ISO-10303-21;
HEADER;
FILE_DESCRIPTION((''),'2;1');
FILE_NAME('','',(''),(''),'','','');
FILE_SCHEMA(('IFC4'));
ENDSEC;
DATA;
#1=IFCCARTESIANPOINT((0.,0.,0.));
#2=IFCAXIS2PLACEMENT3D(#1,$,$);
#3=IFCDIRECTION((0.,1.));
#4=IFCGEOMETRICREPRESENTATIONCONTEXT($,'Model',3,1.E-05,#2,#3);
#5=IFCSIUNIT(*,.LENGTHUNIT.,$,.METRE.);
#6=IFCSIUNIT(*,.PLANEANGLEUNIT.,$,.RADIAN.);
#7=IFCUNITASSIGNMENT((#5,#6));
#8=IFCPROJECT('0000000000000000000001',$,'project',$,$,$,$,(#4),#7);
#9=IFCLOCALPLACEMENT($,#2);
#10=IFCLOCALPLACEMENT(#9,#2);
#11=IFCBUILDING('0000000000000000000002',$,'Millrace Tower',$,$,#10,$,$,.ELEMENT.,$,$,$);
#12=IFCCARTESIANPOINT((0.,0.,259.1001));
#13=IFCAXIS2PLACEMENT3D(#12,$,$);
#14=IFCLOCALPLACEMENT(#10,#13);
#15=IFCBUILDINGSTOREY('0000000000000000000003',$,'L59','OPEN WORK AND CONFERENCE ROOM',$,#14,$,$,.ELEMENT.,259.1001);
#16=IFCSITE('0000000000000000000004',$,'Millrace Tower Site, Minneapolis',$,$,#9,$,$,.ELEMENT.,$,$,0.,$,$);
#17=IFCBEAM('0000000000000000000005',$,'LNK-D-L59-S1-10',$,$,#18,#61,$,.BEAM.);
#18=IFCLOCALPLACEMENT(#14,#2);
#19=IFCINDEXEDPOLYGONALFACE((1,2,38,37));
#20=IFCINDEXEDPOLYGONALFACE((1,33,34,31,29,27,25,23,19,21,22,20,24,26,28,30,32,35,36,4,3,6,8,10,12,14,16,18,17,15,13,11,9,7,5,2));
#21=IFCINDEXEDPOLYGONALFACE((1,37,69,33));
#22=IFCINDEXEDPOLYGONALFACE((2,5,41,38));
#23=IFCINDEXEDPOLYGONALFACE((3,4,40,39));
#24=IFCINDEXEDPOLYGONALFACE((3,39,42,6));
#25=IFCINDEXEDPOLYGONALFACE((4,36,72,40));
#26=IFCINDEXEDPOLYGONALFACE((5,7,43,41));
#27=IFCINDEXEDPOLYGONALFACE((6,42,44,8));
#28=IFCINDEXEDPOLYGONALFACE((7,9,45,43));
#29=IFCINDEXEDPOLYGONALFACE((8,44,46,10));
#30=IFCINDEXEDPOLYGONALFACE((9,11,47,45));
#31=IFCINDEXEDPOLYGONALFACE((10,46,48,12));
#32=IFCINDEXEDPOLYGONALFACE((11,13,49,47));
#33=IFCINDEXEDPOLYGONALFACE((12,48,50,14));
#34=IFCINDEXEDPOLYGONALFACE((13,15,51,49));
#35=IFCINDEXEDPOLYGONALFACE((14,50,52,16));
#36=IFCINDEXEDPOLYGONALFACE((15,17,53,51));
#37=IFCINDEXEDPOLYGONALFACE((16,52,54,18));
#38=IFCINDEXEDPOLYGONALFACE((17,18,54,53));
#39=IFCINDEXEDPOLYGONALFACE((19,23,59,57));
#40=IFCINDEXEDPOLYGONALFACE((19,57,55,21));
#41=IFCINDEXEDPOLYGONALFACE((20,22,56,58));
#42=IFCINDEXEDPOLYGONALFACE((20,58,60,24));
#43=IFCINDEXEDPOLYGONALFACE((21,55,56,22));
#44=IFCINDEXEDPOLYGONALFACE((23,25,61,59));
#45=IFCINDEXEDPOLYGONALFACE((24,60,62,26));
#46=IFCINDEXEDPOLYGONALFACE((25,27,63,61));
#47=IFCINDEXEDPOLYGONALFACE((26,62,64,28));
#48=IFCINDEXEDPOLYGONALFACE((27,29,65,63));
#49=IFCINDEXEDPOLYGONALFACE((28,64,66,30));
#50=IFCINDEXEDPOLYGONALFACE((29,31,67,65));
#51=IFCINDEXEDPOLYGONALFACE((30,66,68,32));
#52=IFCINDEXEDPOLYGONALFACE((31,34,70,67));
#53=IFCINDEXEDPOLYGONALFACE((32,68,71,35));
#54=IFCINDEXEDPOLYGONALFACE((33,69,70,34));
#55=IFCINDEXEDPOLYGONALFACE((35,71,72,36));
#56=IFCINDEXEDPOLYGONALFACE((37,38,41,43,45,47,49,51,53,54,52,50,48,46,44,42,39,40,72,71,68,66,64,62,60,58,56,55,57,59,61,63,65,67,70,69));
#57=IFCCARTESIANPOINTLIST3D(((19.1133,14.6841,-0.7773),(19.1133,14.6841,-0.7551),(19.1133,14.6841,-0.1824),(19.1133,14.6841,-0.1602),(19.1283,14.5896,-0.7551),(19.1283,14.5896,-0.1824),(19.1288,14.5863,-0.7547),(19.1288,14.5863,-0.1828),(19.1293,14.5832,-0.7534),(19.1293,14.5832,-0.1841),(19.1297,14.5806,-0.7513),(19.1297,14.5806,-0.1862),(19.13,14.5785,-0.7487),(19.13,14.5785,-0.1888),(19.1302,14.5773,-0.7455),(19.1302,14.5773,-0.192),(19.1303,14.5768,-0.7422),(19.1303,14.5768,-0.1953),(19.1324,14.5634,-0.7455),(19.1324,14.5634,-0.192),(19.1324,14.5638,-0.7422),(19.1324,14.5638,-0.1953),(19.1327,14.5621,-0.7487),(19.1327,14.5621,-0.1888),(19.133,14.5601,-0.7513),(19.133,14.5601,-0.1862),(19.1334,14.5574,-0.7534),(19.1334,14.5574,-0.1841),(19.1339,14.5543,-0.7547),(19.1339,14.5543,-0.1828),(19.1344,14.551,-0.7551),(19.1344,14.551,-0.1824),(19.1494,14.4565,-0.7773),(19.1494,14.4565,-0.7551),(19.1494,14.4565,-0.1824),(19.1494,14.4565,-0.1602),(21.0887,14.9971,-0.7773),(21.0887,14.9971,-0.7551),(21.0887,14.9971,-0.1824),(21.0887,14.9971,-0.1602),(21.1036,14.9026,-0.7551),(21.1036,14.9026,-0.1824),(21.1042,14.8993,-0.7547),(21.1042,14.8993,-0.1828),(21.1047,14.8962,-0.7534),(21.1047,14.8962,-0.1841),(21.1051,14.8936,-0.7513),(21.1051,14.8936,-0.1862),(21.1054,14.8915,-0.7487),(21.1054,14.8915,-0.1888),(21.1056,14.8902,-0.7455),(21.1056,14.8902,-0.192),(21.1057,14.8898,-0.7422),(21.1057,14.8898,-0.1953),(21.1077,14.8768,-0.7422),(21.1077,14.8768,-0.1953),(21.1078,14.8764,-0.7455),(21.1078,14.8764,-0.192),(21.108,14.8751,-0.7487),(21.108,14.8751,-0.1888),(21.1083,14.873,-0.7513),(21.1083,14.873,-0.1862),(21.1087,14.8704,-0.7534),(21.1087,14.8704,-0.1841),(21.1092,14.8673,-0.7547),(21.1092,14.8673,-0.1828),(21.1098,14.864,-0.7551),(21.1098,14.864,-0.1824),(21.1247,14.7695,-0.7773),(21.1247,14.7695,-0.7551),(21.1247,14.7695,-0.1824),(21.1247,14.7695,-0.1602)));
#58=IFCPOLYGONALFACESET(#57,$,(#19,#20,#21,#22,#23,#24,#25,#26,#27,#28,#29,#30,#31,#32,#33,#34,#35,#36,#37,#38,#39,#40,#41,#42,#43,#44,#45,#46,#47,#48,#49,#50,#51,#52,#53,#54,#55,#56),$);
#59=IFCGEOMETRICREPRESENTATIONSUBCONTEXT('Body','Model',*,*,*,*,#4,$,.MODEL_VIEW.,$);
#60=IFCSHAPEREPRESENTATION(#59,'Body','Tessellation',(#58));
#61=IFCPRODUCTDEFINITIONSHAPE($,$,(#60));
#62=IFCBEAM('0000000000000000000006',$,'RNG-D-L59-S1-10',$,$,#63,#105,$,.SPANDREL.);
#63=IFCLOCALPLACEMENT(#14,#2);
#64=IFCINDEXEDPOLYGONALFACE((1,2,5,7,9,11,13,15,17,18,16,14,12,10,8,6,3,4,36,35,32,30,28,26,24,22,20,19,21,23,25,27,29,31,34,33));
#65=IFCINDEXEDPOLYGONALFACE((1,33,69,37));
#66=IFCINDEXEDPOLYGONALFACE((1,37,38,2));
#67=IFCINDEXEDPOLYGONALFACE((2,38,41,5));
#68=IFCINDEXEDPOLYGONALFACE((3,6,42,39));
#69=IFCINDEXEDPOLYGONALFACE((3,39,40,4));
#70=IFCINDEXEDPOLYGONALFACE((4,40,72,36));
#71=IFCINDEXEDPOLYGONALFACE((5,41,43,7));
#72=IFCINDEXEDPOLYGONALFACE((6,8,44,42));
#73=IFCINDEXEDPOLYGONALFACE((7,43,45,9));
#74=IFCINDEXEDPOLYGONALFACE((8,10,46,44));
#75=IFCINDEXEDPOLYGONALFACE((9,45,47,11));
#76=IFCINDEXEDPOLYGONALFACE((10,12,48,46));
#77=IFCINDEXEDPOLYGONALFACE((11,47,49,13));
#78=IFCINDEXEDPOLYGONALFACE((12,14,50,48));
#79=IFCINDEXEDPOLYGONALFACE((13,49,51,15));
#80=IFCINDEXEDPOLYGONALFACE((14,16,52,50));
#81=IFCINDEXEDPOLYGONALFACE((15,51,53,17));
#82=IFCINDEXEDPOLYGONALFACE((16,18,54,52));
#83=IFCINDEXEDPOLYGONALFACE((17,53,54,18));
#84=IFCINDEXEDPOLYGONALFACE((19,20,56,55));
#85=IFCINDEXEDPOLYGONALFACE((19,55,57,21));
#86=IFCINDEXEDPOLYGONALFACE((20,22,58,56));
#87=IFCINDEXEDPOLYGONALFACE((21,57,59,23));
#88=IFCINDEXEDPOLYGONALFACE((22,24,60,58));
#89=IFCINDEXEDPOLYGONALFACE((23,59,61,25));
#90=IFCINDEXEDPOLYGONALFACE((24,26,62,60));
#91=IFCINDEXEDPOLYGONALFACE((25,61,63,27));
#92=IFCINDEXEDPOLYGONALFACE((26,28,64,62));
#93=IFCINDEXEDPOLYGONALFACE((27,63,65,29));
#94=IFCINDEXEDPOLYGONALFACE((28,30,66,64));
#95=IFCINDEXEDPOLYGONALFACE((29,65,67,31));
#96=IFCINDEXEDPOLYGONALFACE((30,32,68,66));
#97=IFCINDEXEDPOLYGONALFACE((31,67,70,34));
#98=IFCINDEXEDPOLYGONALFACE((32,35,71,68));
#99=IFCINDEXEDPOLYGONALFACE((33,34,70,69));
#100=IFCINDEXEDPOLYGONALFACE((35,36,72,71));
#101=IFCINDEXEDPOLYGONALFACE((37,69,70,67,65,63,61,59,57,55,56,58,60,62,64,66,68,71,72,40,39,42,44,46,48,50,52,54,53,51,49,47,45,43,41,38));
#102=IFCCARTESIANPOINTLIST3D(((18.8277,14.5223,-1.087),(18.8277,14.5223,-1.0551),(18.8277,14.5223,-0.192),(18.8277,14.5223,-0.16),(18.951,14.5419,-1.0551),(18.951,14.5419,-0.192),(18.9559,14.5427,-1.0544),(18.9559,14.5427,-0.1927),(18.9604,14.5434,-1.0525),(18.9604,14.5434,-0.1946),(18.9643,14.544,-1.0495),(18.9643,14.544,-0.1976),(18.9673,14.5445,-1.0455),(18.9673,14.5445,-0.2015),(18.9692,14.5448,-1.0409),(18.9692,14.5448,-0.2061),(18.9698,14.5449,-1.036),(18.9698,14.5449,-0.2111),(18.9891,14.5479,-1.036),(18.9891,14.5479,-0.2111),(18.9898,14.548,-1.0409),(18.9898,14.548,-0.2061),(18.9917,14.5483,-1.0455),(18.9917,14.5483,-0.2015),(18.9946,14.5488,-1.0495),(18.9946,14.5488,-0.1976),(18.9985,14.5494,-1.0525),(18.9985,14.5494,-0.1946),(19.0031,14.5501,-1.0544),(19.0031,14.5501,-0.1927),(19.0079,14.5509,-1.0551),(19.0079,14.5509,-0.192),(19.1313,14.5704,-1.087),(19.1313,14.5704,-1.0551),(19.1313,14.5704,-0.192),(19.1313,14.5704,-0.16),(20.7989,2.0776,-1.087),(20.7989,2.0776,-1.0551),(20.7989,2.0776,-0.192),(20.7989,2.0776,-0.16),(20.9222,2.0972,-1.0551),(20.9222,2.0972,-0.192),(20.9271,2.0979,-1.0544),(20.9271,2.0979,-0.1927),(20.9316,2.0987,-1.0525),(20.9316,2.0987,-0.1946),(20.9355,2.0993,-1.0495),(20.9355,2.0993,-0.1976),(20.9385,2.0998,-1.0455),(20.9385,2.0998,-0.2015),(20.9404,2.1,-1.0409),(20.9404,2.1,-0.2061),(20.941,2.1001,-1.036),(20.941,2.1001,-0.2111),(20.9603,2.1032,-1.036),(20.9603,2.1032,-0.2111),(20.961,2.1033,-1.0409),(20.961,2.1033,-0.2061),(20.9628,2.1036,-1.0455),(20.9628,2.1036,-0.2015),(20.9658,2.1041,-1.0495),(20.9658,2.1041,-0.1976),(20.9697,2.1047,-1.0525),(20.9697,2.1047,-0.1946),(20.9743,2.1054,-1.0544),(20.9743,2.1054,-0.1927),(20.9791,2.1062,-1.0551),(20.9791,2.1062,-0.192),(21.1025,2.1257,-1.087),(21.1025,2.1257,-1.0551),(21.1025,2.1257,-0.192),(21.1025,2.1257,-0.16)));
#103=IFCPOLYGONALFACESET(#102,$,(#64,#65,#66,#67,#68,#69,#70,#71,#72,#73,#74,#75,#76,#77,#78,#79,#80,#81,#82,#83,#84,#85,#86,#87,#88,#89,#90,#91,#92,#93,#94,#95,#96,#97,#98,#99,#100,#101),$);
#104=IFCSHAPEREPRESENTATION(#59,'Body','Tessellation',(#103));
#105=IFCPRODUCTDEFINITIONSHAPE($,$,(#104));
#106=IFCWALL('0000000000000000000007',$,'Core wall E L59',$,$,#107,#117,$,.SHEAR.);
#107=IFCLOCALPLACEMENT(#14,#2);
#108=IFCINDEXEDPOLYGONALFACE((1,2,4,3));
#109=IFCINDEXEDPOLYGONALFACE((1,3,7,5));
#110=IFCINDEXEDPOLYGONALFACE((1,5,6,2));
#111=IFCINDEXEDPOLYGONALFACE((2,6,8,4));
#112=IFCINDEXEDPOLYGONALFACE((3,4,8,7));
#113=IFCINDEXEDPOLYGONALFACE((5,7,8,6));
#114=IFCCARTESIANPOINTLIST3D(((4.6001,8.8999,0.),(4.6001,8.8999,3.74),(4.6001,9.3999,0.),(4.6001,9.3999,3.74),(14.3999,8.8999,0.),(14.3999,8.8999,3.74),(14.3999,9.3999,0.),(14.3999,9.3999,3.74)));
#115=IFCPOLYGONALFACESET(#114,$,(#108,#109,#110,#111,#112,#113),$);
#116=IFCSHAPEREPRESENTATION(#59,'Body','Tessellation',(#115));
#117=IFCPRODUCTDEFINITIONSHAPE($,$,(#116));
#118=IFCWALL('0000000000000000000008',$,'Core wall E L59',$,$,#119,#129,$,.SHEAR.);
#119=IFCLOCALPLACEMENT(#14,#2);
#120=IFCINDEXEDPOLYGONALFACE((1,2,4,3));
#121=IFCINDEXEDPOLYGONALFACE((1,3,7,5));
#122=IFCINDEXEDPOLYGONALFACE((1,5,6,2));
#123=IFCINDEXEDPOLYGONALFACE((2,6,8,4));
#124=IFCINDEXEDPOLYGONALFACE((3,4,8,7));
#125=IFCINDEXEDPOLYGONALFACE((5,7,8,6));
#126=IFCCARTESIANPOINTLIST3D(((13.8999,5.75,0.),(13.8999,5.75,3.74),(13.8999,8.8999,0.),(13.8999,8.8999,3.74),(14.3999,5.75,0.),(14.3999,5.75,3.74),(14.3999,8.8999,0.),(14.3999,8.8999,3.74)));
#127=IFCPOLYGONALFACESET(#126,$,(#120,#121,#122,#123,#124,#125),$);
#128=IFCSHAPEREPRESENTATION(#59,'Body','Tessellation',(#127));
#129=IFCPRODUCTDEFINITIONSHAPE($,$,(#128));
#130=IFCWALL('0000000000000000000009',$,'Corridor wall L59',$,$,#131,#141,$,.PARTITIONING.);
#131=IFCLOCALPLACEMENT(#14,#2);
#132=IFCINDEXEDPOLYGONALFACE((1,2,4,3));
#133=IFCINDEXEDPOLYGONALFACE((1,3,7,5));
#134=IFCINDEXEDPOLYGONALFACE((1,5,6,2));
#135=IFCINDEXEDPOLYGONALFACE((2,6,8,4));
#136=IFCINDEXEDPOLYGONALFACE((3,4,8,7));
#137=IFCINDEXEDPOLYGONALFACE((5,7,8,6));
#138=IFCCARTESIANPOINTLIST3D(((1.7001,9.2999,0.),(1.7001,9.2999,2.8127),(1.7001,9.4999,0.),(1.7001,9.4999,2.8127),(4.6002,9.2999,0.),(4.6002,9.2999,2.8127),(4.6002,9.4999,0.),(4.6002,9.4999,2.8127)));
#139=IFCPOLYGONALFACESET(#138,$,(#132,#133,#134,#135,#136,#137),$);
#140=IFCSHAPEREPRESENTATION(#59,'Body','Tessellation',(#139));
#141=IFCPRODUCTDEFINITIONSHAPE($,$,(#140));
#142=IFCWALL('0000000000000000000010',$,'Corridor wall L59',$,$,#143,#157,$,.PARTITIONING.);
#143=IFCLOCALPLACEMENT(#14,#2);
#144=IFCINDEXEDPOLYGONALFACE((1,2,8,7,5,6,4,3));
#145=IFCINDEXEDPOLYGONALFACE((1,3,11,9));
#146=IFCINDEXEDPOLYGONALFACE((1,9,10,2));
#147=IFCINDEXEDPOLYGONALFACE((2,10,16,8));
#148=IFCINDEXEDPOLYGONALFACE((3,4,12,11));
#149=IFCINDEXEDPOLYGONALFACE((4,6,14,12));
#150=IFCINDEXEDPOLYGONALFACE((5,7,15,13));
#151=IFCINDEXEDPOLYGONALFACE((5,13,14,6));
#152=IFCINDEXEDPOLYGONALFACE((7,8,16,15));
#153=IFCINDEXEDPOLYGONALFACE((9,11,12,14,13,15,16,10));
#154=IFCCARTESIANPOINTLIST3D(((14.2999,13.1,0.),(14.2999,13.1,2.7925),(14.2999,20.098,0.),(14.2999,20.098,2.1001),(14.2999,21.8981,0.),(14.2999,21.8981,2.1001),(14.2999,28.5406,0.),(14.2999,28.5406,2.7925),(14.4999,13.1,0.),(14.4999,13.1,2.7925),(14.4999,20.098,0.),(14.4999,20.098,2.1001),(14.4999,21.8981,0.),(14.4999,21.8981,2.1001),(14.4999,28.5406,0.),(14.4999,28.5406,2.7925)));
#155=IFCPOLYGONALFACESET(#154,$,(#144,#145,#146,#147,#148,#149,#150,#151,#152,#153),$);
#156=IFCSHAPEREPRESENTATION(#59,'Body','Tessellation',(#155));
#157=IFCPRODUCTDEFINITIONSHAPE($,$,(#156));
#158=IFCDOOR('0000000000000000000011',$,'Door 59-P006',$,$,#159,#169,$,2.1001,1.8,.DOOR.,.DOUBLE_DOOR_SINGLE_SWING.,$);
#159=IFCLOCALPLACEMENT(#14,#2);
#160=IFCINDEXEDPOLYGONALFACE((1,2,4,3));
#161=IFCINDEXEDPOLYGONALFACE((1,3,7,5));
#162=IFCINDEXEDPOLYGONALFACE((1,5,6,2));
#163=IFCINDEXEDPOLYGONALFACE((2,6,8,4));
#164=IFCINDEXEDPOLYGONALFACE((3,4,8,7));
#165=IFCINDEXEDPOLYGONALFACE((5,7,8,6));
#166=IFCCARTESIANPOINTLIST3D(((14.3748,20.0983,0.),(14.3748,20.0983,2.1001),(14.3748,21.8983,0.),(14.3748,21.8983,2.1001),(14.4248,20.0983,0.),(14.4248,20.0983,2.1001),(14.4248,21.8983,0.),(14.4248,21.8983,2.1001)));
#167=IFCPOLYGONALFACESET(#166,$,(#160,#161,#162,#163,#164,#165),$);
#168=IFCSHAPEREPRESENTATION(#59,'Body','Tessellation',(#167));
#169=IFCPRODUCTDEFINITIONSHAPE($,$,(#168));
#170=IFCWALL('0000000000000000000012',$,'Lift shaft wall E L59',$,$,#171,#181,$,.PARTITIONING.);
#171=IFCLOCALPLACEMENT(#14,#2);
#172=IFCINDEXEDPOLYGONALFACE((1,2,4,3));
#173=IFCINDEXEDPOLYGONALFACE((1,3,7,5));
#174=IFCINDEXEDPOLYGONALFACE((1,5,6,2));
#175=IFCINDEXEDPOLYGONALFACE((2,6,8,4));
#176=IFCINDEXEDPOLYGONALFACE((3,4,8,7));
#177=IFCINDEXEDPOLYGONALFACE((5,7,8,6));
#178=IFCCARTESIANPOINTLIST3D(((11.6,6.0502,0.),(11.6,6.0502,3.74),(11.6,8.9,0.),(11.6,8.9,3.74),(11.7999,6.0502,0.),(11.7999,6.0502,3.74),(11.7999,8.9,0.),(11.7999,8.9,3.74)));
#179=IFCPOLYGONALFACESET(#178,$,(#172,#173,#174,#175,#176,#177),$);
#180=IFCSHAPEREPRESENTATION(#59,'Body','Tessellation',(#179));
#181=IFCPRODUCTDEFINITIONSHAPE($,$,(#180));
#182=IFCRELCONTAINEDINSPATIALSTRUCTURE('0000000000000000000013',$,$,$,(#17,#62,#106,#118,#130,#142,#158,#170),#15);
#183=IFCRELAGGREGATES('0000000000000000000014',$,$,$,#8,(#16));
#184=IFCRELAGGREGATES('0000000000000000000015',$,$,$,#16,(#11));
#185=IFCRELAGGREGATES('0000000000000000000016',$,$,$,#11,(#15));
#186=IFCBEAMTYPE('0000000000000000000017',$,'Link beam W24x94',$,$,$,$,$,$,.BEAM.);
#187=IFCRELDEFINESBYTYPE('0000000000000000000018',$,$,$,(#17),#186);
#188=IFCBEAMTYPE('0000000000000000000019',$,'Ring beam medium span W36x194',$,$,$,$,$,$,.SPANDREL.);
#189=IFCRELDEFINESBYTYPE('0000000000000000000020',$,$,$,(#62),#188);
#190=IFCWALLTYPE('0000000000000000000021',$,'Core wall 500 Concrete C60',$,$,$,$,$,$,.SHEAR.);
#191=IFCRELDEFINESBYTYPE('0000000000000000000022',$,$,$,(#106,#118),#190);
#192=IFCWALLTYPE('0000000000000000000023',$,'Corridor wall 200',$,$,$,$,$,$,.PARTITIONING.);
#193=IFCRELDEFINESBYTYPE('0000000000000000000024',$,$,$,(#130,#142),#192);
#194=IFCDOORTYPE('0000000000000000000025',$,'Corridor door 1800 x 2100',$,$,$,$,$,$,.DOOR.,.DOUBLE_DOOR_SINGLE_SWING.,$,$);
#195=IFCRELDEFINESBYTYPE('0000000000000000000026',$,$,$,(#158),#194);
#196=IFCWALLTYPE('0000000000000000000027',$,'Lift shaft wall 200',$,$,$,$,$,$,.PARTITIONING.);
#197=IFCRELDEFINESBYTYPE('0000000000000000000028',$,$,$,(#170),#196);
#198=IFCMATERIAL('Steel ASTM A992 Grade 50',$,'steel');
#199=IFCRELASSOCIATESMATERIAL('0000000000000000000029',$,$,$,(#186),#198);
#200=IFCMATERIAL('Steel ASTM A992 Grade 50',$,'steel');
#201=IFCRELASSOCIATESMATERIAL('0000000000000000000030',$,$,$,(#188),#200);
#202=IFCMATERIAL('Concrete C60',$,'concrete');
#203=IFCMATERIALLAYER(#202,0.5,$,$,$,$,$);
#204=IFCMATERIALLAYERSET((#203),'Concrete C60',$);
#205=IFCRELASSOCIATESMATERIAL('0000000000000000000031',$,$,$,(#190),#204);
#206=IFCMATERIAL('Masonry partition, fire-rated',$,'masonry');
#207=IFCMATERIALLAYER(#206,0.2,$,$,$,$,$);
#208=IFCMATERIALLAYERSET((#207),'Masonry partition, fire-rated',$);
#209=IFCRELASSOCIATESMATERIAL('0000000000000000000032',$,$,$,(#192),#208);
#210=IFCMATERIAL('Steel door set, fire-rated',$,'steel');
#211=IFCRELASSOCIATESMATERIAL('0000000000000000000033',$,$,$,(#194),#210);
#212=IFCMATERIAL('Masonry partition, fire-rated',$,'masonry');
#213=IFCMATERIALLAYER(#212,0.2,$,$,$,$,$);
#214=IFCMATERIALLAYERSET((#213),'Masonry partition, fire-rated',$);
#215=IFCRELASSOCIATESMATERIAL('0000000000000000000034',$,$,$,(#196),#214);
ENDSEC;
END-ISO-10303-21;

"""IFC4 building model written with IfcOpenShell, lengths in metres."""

from ifc_helpers import new_model, si_unit, direction, frame, frame_2d, origin, origin_2d, place, context, subcontext, project, spatial, rectangle, i_section, extrude, material, layer, layer_set, material_profile, profile_set, type_object, element, fill, save


model = new_model("IFC4")

# Units and contexts
model_context = context("Model", 3, precision=1e-05, world=origin(), true_north=direction((0.0, 1.0)))
body_context = subcontext(model_context, "Body", "Model", "MODEL_VIEW")
ifc_project = project(units=[si_unit("LENGTHUNIT", "METRE"), si_unit("PLANEANGLEUNIT", "RADIAN")], contexts=[model_context])

# Site, building, storey
site_placement = place(None, origin())
site = spatial("IfcSite", under=ifc_project, at=site_placement, Name="Millrace Tower Site, Minneapolis", CompositionType="ELEMENT", RefElevation=0.0)
building_placement = place(site_placement, origin())
building = spatial("IfcBuilding", under=site, at=building_placement, Name="Millrace Tower", CompositionType="ELEMENT")
storey_placement = place(building_placement, frame((0.0, 0.0, 259.1001)))
storey = spatial("IfcBuildingStorey", under=building, at=storey_placement, Name="L59", Description="OPEN WORK AND CONFERENCE ROOM", CompositionType="ELEMENT", Elevation=259.1001)

# Beams
ifc_material_1 = material(Name="Steel ASTM A992 Grade 50", Category="steel")
ifc_material_profile_1 = material_profile(ifc_material_1, i_section(OverallWidth=0.2305, OverallDepth=0.6172, WebThickness=0.0132, FlangeThickness=0.0222, FilletRadius=0.0129, at=origin_2d()))
ifc_profile_set_1 = profile_set([ifc_material_profile_1], Name="Steel ASTM A992 Grade 50")
beam_type_1 = type_object("IfcBeamType", Name="Link beam W24x94", PredefinedType="BEAM", material=ifc_profile_set_1)
beam_1_placement = place(storey_placement, frame((19.1313, 14.5703, -0.4688), z_axis=(0.987679, 0.156495, 0.0), x_axis=(-0.156495, 0.987679, 0.0)))
element("IfcBeam", 1, at=beam_1_placement, inside=storey, type_object=beam_type_1, Name="LNK-D-L59-S1-10", PredefinedType="BEAM", context=body_context, shape_type="SweptSolid", body=[
    extrude(i_section(OverallWidth=0.2305, OverallDepth=0.6172, WebThickness=0.0132, FlangeThickness=0.0222, FilletRadius=0.0129, at=origin_2d()), origin(), (0.0, 0.0, 1.0), 2.0),
])
ifc_material_2 = material(Name="Steel ASTM A992 Grade 50", Category="steel")
ifc_material_profile_2 = material_profile(ifc_material_2, i_section(OverallWidth=0.3074, OverallDepth=0.927, WebThickness=0.0195, FlangeThickness=0.032, FilletRadius=0.019, at=origin_2d()))
ifc_profile_set_2 = profile_set([ifc_material_profile_2], Name="Steel ASTM A992 Grade 50")
beam_type_2 = type_object("IfcBeamType", Name="Ring beam medium span W36x194", PredefinedType="SPANDREL", material=ifc_profile_set_2)
beam_2_placement = place(storey_placement, frame((18.9795, 14.5464, -0.6235), z_axis=(0.156444, -0.987687, 0.0), x_axis=(0.987687, 0.156444, 0.0)))
element("IfcBeam", 2, at=beam_2_placement, inside=storey, type_object=beam_type_2, Name="RNG-D-L59-S1-10", PredefinedType="SPANDREL", context=body_context, shape_type="SweptSolid", body=[
    extrude(i_section(OverallWidth=0.3074, OverallDepth=0.927, WebThickness=0.0195, FlangeThickness=0.032, FilletRadius=0.019, at=origin_2d()), origin(), (0.0, 0.0, 1.0), 12.5999),
])

# Walls
ifc_material_3 = material(Name="Concrete C60", Category="concrete")
ifc_layer_1 = layer(ifc_material_3, 0.5)
ifc_layer_set_1 = layer_set([ifc_layer_1], Name="Concrete C60")
wall_type_1 = type_object("IfcWallType", Name="Core wall 500 Concrete C60", PredefinedType="SHEAR", material=ifc_layer_set_1)
wall_1_placement = place(storey_placement, frame((14.3999, 9.1499, 0.0), z_axis=(0.0, 0.0, 1.0), x_axis=(-1.0, 0.0, 0.0)))
element("IfcWall", 3, at=wall_1_placement, inside=storey, type_object=wall_type_1, Name="Core wall E L59", PredefinedType="SHEAR", context=body_context, shape_type="SweptSolid", body=[
    extrude(rectangle(XDim=9.7998, YDim=0.5, at=frame_2d((4.8999, 0.0))), origin(), (0.0, 0.0, 1.0), 3.74),
])
wall_2_placement = place(storey_placement, frame((14.1499, 8.8999, 0.0), z_axis=(0.0, 0.0, 1.0), x_axis=(0.0, -1.0, 0.0)))
element("IfcWall", 4, at=wall_2_placement, inside=storey, type_object=wall_type_1, Name="Core wall E L59", PredefinedType="SHEAR", context=body_context, shape_type="SweptSolid", body=[
    extrude(rectangle(XDim=3.1499, YDim=0.5, at=frame_2d((1.575, 0.0))), origin(), (0.0, 0.0, 1.0), 3.74),
])
ifc_material_4 = material(Name="Masonry partition, fire-rated", Category="masonry")
ifc_layer_2 = layer(ifc_material_4, 0.2)
ifc_layer_set_2 = layer_set([ifc_layer_2], Name="Masonry partition, fire-rated")
wall_type_2 = type_object("IfcWallType", Name="Corridor wall 200", PredefinedType="PARTITIONING", material=ifc_layer_set_2)
wall_3_placement = place(storey_placement, frame((1.7, 9.3999, 0.0), z_axis=(0.0, 0.0, 1.0), x_axis=(1.0, 0.0, 0.0)))
element("IfcWall", 5, at=wall_3_placement, inside=storey, type_object=wall_type_2, Name="Corridor wall L59", PredefinedType="PARTITIONING", context=body_context, shape_type="SweptSolid", body=[
    extrude(rectangle(XDim=2.9001, YDim=0.2, at=frame_2d((1.4502, 0.0))), origin(), (0.0, 0.0, 1.0), 2.8127),
])

# Wall, opening, door
wall_4_placement = place(storey_placement, frame((14.3999, 13.1001, 0.0), z_axis=(0.0, 0.0, 1.0), x_axis=(0.0, 1.0, 0.0)))
wall_4 = element("IfcWall", 6, at=wall_4_placement, inside=storey, type_object=wall_type_2, Name="Corridor wall L59", PredefinedType="PARTITIONING", context=body_context, shape_type="SweptSolid", body=[
    extrude(rectangle(XDim=15.4407, YDim=0.2, at=frame_2d((7.7202, 0.0))), origin(), (0.0, 0.0, 1.0), 2.7925),
])
opening_placement = place(wall_4_placement, frame((6.998, 0.0, 0.0)))
opening = element("IfcOpeningElement", 7, at=opening_placement, cuts=wall_4, PredefinedType="OPENING", context=body_context, shape_type="SweptSolid", body=[
    extrude(rectangle(XDim=1.8, YDim=2.1001, at=frame_2d((0.8999, 1.05))), frame((0.0, 0.1099, 0.0), z_axis=(0.0, -1.0, 0.0), x_axis=(1.0, 0.0, 0.0)), (0.0, 0.0, 1.0), 0.22),
])
ifc_material_5 = material(Name="Steel door set, fire-rated", Category="steel")
door_type = type_object("IfcDoorType", Name="Corridor door 1800 x 2100", OperationType="DOUBLE_DOOR_SINGLE_SWING", PredefinedType="DOOR", material=ifc_material_5)
door_placement = place(opening_placement, frame((1.8, 0.0, 0.0), z_axis=(0.0, 0.0, 1.0), x_axis=(-1.0, 0.0, 0.0)))
door = element("IfcDoor", 8, at=door_placement, inside=storey, type_object=door_type, Name="Door 59-P006", OperationType="DOUBLE_DOOR_SINGLE_SWING", OverallHeight=2.1001, OverallWidth=1.8, PredefinedType="DOOR", context=body_context, shape_type="SweptSolid", body=[
    extrude(rectangle(XDim=1.8, YDim=2.1001, at=frame_2d((0.8999, 1.05))), frame((0.0, 0.0249, 0.0), z_axis=(0.0, -1.0, 0.0), x_axis=(1.0, 0.0, 0.0)), (0.0, 0.0, 1.0), 0.05),
])
fill(opening, door)

# Wall
ifc_material_6 = material(Name="Masonry partition, fire-rated", Category="masonry")
ifc_layer_3 = layer(ifc_material_6, 0.2)
ifc_layer_set_3 = layer_set([ifc_layer_3], Name="Masonry partition, fire-rated")
wall_type_3 = type_object("IfcWallType", Name="Lift shaft wall 200", PredefinedType="PARTITIONING", material=ifc_layer_set_3)
wall_5_placement = place(storey_placement, frame((11.7, 8.8999, 0.0), z_axis=(0.0, 0.0, 1.0), x_axis=(0.0, -1.0, 0.0)))
element("IfcWall", 9, at=wall_5_placement, inside=storey, type_object=wall_type_3, Name="Lift shaft wall E L59", PredefinedType="PARTITIONING", context=body_context, shape_type="SweptSolid", body=[
    extrude(rectangle(XDim=2.8499, YDim=0.2, at=frame_2d((1.4248, 0.0))), origin(), (0.0, 0.0, 1.0), 3.74),
])

save(model, "model.ifc")
